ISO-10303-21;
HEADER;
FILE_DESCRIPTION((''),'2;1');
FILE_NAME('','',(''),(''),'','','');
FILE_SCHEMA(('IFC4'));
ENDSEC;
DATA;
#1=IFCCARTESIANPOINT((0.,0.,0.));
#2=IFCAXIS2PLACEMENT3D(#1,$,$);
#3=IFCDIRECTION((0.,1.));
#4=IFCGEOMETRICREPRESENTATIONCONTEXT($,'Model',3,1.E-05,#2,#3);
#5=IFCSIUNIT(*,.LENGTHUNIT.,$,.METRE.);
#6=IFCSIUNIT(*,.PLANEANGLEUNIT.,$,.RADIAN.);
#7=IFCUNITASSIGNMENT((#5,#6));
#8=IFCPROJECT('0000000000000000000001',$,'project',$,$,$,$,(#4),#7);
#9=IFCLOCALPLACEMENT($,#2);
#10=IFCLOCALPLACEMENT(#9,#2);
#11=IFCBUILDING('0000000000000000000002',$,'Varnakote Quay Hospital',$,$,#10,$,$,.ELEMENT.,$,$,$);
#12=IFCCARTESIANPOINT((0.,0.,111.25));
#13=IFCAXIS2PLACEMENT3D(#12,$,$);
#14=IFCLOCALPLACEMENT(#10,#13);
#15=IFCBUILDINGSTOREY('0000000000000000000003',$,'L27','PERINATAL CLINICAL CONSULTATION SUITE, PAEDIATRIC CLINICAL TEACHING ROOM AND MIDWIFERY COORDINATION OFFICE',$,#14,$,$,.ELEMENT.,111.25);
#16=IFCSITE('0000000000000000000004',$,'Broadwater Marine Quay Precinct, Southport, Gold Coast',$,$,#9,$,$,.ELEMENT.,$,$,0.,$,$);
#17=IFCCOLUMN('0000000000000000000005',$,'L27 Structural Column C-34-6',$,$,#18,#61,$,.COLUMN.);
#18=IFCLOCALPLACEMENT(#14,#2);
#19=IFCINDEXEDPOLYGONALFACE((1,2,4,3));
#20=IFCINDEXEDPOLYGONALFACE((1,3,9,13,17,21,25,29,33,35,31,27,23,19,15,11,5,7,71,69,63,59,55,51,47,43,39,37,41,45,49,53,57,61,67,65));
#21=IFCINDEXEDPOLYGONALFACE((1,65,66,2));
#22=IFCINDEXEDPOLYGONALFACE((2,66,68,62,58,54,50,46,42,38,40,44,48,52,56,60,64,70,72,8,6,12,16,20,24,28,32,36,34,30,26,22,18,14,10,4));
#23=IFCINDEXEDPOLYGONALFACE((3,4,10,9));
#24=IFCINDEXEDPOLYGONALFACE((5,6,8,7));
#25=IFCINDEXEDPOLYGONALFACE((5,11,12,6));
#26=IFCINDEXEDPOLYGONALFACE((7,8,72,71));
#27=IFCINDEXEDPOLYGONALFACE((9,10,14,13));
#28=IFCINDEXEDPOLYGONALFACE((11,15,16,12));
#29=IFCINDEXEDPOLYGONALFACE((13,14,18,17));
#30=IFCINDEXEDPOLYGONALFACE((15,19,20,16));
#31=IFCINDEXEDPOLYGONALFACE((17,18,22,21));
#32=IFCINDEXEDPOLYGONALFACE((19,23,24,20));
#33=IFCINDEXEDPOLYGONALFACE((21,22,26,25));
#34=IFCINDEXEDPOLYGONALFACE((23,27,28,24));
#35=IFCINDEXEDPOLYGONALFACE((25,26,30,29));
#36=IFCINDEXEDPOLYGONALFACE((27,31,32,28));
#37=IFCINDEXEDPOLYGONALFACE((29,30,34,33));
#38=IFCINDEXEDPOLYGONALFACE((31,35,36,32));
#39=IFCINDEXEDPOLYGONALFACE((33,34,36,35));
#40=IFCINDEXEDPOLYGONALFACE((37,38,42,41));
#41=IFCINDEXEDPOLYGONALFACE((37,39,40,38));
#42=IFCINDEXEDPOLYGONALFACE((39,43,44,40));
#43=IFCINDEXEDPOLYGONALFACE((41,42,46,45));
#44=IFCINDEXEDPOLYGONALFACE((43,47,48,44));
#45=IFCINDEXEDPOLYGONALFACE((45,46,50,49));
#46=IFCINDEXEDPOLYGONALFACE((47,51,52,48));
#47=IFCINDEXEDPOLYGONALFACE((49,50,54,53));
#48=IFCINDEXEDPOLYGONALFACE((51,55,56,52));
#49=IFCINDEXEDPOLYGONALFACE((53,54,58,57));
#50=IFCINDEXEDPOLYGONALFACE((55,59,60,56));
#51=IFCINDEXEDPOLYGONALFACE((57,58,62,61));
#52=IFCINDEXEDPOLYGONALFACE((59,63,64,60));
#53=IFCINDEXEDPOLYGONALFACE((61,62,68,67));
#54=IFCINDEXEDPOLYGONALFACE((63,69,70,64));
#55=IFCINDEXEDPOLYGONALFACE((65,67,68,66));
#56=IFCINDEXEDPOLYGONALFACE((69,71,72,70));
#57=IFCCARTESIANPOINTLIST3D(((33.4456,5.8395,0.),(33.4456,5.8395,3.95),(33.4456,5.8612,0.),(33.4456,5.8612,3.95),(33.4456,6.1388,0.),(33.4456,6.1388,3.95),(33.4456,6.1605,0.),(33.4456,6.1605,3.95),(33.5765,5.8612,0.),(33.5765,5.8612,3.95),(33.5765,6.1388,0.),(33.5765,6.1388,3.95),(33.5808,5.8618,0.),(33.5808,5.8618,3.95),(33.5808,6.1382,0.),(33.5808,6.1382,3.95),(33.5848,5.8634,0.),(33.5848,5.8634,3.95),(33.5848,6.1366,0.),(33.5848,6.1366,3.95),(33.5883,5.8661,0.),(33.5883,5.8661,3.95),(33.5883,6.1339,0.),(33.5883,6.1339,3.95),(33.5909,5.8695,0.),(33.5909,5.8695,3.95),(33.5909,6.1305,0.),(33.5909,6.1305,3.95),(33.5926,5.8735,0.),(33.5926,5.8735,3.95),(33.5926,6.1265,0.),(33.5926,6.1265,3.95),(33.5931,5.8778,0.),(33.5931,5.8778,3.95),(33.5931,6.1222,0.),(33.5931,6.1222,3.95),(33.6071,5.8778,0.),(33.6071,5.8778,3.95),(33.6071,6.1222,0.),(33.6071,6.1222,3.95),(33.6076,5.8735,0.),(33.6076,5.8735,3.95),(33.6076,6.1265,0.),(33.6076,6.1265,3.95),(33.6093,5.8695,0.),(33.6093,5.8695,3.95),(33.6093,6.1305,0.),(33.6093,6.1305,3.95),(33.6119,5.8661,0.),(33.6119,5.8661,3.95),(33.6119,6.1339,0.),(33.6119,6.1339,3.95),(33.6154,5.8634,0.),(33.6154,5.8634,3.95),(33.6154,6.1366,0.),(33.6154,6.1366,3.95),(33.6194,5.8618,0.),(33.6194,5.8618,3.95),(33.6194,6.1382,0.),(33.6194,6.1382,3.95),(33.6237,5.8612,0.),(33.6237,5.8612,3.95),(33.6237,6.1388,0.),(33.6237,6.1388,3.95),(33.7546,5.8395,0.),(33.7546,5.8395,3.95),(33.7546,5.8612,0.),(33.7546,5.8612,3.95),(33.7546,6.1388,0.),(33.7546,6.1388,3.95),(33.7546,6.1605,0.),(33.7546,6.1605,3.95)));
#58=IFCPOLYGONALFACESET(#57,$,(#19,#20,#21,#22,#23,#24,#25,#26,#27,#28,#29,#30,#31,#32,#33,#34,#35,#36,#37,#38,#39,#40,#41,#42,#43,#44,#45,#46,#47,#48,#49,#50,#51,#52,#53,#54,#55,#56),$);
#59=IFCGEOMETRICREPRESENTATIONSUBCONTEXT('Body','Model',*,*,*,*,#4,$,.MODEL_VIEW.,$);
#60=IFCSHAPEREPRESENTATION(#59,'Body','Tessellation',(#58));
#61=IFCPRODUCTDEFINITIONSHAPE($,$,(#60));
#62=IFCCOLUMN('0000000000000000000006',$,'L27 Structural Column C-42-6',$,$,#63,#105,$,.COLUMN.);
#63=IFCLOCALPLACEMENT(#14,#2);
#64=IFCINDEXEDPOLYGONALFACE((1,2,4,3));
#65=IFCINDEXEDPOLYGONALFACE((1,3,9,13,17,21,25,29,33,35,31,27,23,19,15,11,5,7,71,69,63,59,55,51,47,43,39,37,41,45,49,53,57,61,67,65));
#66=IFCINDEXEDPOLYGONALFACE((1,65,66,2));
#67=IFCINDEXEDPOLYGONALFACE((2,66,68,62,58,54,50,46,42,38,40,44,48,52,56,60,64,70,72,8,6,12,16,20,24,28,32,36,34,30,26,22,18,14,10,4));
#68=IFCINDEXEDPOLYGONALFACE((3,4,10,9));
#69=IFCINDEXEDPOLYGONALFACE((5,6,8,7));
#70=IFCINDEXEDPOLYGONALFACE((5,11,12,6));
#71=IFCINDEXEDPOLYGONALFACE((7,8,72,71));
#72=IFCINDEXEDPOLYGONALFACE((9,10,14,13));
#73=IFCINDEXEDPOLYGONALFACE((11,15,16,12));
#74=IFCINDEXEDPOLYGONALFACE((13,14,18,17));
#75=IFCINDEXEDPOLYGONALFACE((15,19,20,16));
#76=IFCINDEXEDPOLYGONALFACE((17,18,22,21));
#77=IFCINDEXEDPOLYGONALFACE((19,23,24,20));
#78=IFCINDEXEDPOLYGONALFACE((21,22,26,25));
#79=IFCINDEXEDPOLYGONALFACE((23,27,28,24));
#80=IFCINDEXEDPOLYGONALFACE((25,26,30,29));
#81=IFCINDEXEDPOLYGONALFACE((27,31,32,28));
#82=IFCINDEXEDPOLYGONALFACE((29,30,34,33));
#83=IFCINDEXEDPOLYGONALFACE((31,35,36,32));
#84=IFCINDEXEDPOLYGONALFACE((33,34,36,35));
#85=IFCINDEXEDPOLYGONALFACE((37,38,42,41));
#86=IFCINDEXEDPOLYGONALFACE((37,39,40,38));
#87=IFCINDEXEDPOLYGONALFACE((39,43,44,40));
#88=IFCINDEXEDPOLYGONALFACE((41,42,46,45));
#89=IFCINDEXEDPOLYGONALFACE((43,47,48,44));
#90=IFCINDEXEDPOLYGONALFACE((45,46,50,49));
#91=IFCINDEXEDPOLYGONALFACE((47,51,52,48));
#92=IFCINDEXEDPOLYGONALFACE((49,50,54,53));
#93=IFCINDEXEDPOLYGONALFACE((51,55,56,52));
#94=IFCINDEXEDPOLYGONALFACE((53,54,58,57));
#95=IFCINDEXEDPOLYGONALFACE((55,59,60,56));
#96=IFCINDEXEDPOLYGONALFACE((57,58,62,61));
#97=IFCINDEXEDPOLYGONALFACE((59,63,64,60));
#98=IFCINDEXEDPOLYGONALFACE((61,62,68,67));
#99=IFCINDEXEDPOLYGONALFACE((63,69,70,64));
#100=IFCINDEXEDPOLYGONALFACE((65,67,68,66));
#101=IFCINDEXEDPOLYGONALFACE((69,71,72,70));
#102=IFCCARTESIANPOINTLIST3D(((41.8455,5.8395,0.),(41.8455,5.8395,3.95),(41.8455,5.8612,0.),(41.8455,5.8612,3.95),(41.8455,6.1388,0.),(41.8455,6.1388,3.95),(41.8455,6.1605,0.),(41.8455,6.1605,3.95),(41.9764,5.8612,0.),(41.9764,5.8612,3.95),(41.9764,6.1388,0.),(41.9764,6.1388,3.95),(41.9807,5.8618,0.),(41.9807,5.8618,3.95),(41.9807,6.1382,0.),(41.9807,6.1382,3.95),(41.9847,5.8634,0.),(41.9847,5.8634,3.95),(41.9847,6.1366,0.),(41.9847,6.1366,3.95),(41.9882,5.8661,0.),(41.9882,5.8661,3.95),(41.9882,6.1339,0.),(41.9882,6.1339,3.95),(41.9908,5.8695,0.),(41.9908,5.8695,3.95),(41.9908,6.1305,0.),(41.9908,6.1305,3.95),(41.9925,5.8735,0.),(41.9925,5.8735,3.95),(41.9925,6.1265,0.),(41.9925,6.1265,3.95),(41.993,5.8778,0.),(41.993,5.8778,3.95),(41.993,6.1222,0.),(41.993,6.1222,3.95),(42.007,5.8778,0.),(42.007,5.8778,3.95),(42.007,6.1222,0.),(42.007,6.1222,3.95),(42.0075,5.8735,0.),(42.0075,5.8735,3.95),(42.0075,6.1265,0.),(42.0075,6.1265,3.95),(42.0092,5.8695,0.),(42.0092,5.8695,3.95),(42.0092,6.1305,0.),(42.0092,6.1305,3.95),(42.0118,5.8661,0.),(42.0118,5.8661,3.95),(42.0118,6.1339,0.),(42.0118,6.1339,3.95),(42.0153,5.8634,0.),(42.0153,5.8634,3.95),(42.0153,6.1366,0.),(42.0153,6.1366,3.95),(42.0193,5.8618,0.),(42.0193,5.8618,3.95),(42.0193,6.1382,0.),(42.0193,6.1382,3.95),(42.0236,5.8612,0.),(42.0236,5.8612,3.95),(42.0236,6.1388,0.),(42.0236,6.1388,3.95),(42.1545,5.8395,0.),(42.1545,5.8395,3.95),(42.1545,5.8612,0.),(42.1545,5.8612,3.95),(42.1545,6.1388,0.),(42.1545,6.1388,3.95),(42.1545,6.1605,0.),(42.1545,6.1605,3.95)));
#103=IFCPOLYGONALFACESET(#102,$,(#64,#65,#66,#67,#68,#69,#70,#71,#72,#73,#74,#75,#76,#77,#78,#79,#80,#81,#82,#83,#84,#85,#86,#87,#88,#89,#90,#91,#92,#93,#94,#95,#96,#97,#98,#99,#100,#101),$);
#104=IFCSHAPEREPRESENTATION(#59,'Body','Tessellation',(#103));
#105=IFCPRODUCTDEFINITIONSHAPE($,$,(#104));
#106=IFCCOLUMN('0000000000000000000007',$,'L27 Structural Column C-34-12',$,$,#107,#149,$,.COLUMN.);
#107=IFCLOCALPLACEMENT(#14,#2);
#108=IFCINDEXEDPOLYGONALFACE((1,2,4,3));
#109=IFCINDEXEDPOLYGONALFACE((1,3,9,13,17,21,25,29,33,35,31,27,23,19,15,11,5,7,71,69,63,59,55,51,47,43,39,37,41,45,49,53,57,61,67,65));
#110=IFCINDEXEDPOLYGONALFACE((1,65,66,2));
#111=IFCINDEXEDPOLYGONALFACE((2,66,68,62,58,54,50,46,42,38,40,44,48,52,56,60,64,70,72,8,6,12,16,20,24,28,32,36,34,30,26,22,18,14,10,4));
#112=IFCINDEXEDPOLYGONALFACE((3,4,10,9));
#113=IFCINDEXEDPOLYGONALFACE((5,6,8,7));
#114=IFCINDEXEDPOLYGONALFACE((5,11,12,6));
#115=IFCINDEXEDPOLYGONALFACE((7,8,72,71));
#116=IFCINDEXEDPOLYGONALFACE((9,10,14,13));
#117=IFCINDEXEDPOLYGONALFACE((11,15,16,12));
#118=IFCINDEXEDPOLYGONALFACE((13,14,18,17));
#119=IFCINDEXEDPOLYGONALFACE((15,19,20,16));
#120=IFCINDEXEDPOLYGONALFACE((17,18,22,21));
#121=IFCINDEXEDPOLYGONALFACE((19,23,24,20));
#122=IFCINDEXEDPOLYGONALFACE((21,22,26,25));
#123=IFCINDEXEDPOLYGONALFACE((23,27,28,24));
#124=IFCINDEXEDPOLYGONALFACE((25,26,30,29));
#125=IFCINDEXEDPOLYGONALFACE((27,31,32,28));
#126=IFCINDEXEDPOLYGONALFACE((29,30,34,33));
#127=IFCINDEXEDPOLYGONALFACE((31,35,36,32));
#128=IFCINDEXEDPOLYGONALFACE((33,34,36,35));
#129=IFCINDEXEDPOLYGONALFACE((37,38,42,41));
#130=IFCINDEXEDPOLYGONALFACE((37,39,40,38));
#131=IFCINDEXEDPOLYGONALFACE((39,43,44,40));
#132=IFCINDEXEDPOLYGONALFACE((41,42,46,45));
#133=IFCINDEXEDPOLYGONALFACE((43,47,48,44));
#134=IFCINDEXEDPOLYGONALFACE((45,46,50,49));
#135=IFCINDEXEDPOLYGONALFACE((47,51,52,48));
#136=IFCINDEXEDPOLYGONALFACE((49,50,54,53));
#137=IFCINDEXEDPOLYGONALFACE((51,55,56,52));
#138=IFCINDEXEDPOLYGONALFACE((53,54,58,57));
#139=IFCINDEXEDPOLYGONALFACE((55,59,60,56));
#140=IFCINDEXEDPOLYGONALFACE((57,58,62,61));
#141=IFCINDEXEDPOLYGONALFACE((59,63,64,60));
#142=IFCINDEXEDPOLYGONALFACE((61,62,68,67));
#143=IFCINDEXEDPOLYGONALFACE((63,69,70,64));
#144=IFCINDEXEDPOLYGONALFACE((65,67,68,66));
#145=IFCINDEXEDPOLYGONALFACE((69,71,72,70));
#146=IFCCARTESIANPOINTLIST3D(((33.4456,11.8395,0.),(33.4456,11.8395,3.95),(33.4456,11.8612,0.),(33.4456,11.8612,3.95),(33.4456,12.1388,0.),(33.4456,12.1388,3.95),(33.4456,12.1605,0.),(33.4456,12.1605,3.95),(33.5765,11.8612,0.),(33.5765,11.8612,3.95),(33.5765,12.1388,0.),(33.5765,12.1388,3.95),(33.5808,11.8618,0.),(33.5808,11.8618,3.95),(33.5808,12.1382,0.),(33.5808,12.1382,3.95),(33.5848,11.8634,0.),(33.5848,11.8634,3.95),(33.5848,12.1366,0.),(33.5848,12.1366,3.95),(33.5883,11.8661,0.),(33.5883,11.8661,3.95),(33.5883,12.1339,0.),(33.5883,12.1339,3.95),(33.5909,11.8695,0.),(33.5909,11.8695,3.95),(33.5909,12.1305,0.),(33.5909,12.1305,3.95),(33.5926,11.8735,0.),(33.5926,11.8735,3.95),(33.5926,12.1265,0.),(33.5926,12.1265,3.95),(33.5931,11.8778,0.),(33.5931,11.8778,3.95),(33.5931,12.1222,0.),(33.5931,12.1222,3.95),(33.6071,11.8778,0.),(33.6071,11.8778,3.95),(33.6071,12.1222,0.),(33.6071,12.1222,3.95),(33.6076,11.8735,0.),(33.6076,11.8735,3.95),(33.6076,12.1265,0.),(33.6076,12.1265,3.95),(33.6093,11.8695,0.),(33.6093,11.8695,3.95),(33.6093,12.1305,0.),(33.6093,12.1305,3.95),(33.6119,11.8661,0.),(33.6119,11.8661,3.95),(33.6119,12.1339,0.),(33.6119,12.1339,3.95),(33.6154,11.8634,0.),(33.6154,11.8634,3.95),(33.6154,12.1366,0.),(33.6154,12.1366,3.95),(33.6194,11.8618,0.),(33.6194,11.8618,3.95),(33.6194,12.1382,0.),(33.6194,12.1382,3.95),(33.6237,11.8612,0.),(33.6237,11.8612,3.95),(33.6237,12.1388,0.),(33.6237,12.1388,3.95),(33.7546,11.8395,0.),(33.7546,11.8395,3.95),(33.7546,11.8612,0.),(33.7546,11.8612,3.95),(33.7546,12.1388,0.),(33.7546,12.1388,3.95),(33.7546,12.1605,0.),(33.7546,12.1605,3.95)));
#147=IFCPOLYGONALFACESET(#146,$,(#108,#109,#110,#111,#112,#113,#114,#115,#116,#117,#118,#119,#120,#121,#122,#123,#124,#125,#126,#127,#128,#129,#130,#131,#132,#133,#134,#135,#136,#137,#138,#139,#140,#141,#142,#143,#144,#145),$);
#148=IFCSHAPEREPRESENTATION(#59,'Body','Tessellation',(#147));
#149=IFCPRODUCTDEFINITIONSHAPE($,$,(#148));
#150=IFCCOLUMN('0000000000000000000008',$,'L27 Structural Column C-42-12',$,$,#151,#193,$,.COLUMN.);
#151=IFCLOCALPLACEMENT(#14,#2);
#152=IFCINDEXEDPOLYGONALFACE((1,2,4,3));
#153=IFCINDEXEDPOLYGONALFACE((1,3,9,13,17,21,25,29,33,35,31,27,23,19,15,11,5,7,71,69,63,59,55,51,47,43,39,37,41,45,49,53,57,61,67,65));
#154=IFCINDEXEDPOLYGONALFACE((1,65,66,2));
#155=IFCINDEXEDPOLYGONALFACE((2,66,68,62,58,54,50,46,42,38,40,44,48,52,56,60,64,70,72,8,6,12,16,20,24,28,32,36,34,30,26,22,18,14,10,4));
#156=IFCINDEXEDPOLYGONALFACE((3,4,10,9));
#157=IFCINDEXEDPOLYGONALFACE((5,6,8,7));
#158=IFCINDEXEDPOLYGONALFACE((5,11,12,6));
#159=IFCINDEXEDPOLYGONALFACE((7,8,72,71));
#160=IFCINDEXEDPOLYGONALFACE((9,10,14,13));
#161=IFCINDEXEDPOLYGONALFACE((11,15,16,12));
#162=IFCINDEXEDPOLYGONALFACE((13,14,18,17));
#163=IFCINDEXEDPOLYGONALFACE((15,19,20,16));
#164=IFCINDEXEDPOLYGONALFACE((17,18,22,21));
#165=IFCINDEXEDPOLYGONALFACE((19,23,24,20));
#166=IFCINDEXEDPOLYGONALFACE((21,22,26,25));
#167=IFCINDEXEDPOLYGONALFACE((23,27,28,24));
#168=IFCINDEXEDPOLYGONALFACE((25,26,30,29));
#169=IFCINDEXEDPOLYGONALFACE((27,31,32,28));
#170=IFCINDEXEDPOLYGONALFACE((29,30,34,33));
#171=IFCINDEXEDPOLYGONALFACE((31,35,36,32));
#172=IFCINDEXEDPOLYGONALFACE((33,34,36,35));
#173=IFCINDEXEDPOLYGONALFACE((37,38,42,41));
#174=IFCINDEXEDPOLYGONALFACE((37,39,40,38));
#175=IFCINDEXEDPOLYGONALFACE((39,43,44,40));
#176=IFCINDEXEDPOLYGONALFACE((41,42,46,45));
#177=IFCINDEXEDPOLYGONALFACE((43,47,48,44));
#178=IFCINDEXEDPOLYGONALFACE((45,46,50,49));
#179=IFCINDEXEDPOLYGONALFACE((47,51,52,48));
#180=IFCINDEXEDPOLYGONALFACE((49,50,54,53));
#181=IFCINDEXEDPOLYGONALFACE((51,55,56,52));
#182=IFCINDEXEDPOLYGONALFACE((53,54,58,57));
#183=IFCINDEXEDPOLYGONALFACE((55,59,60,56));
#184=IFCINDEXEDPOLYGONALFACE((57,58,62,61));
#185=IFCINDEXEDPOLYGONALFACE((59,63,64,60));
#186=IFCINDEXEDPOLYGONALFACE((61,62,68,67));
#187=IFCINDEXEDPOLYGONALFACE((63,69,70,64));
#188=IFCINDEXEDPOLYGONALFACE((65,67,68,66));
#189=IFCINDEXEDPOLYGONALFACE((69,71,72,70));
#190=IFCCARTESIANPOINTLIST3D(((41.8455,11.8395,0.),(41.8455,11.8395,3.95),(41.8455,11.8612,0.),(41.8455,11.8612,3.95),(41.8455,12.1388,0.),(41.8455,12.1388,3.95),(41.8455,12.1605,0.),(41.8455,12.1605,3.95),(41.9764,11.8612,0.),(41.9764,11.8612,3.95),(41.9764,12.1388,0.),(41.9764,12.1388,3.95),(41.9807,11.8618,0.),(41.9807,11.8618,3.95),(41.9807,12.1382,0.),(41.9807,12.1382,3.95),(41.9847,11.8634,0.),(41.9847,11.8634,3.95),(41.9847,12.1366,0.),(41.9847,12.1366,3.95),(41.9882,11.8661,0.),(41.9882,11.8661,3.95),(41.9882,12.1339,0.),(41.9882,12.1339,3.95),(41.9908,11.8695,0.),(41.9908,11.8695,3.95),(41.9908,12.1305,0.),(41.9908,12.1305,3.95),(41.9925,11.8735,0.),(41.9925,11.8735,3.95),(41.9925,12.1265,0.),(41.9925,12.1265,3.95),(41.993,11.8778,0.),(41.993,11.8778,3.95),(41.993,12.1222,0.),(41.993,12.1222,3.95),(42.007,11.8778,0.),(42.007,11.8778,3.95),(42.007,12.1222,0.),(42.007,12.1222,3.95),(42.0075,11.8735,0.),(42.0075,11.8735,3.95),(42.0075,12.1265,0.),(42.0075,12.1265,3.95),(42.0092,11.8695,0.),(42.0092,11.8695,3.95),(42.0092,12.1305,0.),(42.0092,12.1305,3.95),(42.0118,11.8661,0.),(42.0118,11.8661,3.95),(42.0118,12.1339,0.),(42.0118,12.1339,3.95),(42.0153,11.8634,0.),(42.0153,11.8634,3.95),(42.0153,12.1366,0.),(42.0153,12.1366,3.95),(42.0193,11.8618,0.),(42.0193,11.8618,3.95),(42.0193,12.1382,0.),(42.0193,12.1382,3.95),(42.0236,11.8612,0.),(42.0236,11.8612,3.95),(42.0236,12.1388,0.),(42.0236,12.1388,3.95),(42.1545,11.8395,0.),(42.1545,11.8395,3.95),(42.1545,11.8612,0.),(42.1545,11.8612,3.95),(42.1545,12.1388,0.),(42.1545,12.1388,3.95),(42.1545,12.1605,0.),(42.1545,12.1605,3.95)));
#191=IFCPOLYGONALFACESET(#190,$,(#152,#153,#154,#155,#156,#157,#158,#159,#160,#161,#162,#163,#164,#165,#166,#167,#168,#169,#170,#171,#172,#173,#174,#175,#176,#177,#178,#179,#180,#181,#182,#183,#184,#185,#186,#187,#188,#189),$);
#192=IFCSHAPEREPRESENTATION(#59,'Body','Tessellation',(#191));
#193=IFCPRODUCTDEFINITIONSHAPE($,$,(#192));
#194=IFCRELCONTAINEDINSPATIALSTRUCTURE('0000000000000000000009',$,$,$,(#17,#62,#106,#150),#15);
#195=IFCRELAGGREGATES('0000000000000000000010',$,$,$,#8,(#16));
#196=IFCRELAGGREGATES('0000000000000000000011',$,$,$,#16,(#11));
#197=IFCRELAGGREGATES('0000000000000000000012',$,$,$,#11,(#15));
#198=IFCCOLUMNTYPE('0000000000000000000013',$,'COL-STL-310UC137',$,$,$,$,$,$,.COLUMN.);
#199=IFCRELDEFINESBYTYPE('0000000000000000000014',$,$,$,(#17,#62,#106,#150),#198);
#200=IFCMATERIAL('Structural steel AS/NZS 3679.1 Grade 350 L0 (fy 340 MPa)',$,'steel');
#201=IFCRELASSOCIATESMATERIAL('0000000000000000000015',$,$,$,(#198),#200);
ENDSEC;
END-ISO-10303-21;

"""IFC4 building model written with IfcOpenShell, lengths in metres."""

from ifc_helpers import new_model, si_unit, direction, frame, origin, origin_2d, place, context, subcontext, project, spatial, i_section, extrude, material, material_profile, profile_set, type_object, element, save


model = new_model("IFC4")

# Units and contexts
model_context = context("Model", 3, precision=1e-05, world=origin(), true_north=direction((0.0, 1.0)))
body_context = subcontext(model_context, "Body", "Model", "MODEL_VIEW")
ifc_project = project(units=[si_unit("LENGTHUNIT", "METRE"), si_unit("PLANEANGLEUNIT", "RADIAN")], contexts=[model_context])

# Site, building, storey
site_placement = place(None, origin())
site = spatial("IfcSite", under=ifc_project, at=site_placement, Name="Broadwater Marine Quay Precinct, Southport, Gold Coast", CompositionType="ELEMENT", RefElevation=0.0)
building_placement = place(site_placement, origin())
building = spatial("IfcBuilding", under=site, at=building_placement, Name="Varnakote Quay Hospital", CompositionType="ELEMENT")
storey_placement = place(building_placement, frame((0.0, 0.0, 111.25)))
storey = spatial("IfcBuildingStorey", under=building, at=storey_placement, Name="L27", Description="PERINATAL CLINICAL CONSULTATION SUITE, PAEDIATRIC CLINICAL TEACHING ROOM AND MIDWIFERY COORDINATION OFFICE", CompositionType="ELEMENT", Elevation=111.25)

# Columns
ifc_material_1 = material(Name="Structural steel AS/NZS 3679.1 Grade 350 L0 (fy 340 MPa)", Category="steel")
ifc_material_profile_1 = material_profile(ifc_material_1, i_section(OverallWidth=0.3091, OverallDepth=0.321, WebThickness=0.0139, FlangeThickness=0.0217, FilletRadius=0.0166, at=origin_2d()), Name="310UC137")
ifc_profile_set_1 = profile_set([ifc_material_profile_1], Name="Structural steel AS/NZS 3679.1 Grade 350 L0 (fy 340 MPa)")
column_type = type_object("IfcColumnType", Name="COL-STL-310UC137", PredefinedType="COLUMN", material=ifc_profile_set_1)
for number, where, z_axis, x_axis, name in (
    (1, (33.6001, 6.0, 0.0), (0.0, 0.0, 1.0), (1.0, 0.0, 0.0), "L27 Structural Column C-34-6"),
    (2, (42.0, 6.0, 0.0), (0.0, 0.0, 1.0), (1.0, 0.0, 0.0), "L27 Structural Column C-42-6"),
    (3, (33.6001, 12.0, 0.0), (0.0, 0.0, 1.0), (1.0, 0.0, 0.0), "L27 Structural Column C-34-12"),
    (4, (42.0, 12.0, 0.0), (0.0, 0.0, 1.0), (1.0, 0.0, 0.0), "L27 Structural Column C-42-12"),
):
    element("IfcColumn", number, at=place(storey_placement, frame(where, z_axis=z_axis, x_axis=x_axis)), inside=storey, type_object=column_type, Name=name, PredefinedType="COLUMN", context=body_context, shape_type="SweptSolid", body=[
        extrude(i_section(OverallWidth=0.3091, OverallDepth=0.321, WebThickness=0.0139, FlangeThickness=0.0217, FilletRadius=0.0166, at=origin_2d()), origin(), (0.0, 0.0, 1.0), 3.95),
    ])

save(model, "model.ifc")
